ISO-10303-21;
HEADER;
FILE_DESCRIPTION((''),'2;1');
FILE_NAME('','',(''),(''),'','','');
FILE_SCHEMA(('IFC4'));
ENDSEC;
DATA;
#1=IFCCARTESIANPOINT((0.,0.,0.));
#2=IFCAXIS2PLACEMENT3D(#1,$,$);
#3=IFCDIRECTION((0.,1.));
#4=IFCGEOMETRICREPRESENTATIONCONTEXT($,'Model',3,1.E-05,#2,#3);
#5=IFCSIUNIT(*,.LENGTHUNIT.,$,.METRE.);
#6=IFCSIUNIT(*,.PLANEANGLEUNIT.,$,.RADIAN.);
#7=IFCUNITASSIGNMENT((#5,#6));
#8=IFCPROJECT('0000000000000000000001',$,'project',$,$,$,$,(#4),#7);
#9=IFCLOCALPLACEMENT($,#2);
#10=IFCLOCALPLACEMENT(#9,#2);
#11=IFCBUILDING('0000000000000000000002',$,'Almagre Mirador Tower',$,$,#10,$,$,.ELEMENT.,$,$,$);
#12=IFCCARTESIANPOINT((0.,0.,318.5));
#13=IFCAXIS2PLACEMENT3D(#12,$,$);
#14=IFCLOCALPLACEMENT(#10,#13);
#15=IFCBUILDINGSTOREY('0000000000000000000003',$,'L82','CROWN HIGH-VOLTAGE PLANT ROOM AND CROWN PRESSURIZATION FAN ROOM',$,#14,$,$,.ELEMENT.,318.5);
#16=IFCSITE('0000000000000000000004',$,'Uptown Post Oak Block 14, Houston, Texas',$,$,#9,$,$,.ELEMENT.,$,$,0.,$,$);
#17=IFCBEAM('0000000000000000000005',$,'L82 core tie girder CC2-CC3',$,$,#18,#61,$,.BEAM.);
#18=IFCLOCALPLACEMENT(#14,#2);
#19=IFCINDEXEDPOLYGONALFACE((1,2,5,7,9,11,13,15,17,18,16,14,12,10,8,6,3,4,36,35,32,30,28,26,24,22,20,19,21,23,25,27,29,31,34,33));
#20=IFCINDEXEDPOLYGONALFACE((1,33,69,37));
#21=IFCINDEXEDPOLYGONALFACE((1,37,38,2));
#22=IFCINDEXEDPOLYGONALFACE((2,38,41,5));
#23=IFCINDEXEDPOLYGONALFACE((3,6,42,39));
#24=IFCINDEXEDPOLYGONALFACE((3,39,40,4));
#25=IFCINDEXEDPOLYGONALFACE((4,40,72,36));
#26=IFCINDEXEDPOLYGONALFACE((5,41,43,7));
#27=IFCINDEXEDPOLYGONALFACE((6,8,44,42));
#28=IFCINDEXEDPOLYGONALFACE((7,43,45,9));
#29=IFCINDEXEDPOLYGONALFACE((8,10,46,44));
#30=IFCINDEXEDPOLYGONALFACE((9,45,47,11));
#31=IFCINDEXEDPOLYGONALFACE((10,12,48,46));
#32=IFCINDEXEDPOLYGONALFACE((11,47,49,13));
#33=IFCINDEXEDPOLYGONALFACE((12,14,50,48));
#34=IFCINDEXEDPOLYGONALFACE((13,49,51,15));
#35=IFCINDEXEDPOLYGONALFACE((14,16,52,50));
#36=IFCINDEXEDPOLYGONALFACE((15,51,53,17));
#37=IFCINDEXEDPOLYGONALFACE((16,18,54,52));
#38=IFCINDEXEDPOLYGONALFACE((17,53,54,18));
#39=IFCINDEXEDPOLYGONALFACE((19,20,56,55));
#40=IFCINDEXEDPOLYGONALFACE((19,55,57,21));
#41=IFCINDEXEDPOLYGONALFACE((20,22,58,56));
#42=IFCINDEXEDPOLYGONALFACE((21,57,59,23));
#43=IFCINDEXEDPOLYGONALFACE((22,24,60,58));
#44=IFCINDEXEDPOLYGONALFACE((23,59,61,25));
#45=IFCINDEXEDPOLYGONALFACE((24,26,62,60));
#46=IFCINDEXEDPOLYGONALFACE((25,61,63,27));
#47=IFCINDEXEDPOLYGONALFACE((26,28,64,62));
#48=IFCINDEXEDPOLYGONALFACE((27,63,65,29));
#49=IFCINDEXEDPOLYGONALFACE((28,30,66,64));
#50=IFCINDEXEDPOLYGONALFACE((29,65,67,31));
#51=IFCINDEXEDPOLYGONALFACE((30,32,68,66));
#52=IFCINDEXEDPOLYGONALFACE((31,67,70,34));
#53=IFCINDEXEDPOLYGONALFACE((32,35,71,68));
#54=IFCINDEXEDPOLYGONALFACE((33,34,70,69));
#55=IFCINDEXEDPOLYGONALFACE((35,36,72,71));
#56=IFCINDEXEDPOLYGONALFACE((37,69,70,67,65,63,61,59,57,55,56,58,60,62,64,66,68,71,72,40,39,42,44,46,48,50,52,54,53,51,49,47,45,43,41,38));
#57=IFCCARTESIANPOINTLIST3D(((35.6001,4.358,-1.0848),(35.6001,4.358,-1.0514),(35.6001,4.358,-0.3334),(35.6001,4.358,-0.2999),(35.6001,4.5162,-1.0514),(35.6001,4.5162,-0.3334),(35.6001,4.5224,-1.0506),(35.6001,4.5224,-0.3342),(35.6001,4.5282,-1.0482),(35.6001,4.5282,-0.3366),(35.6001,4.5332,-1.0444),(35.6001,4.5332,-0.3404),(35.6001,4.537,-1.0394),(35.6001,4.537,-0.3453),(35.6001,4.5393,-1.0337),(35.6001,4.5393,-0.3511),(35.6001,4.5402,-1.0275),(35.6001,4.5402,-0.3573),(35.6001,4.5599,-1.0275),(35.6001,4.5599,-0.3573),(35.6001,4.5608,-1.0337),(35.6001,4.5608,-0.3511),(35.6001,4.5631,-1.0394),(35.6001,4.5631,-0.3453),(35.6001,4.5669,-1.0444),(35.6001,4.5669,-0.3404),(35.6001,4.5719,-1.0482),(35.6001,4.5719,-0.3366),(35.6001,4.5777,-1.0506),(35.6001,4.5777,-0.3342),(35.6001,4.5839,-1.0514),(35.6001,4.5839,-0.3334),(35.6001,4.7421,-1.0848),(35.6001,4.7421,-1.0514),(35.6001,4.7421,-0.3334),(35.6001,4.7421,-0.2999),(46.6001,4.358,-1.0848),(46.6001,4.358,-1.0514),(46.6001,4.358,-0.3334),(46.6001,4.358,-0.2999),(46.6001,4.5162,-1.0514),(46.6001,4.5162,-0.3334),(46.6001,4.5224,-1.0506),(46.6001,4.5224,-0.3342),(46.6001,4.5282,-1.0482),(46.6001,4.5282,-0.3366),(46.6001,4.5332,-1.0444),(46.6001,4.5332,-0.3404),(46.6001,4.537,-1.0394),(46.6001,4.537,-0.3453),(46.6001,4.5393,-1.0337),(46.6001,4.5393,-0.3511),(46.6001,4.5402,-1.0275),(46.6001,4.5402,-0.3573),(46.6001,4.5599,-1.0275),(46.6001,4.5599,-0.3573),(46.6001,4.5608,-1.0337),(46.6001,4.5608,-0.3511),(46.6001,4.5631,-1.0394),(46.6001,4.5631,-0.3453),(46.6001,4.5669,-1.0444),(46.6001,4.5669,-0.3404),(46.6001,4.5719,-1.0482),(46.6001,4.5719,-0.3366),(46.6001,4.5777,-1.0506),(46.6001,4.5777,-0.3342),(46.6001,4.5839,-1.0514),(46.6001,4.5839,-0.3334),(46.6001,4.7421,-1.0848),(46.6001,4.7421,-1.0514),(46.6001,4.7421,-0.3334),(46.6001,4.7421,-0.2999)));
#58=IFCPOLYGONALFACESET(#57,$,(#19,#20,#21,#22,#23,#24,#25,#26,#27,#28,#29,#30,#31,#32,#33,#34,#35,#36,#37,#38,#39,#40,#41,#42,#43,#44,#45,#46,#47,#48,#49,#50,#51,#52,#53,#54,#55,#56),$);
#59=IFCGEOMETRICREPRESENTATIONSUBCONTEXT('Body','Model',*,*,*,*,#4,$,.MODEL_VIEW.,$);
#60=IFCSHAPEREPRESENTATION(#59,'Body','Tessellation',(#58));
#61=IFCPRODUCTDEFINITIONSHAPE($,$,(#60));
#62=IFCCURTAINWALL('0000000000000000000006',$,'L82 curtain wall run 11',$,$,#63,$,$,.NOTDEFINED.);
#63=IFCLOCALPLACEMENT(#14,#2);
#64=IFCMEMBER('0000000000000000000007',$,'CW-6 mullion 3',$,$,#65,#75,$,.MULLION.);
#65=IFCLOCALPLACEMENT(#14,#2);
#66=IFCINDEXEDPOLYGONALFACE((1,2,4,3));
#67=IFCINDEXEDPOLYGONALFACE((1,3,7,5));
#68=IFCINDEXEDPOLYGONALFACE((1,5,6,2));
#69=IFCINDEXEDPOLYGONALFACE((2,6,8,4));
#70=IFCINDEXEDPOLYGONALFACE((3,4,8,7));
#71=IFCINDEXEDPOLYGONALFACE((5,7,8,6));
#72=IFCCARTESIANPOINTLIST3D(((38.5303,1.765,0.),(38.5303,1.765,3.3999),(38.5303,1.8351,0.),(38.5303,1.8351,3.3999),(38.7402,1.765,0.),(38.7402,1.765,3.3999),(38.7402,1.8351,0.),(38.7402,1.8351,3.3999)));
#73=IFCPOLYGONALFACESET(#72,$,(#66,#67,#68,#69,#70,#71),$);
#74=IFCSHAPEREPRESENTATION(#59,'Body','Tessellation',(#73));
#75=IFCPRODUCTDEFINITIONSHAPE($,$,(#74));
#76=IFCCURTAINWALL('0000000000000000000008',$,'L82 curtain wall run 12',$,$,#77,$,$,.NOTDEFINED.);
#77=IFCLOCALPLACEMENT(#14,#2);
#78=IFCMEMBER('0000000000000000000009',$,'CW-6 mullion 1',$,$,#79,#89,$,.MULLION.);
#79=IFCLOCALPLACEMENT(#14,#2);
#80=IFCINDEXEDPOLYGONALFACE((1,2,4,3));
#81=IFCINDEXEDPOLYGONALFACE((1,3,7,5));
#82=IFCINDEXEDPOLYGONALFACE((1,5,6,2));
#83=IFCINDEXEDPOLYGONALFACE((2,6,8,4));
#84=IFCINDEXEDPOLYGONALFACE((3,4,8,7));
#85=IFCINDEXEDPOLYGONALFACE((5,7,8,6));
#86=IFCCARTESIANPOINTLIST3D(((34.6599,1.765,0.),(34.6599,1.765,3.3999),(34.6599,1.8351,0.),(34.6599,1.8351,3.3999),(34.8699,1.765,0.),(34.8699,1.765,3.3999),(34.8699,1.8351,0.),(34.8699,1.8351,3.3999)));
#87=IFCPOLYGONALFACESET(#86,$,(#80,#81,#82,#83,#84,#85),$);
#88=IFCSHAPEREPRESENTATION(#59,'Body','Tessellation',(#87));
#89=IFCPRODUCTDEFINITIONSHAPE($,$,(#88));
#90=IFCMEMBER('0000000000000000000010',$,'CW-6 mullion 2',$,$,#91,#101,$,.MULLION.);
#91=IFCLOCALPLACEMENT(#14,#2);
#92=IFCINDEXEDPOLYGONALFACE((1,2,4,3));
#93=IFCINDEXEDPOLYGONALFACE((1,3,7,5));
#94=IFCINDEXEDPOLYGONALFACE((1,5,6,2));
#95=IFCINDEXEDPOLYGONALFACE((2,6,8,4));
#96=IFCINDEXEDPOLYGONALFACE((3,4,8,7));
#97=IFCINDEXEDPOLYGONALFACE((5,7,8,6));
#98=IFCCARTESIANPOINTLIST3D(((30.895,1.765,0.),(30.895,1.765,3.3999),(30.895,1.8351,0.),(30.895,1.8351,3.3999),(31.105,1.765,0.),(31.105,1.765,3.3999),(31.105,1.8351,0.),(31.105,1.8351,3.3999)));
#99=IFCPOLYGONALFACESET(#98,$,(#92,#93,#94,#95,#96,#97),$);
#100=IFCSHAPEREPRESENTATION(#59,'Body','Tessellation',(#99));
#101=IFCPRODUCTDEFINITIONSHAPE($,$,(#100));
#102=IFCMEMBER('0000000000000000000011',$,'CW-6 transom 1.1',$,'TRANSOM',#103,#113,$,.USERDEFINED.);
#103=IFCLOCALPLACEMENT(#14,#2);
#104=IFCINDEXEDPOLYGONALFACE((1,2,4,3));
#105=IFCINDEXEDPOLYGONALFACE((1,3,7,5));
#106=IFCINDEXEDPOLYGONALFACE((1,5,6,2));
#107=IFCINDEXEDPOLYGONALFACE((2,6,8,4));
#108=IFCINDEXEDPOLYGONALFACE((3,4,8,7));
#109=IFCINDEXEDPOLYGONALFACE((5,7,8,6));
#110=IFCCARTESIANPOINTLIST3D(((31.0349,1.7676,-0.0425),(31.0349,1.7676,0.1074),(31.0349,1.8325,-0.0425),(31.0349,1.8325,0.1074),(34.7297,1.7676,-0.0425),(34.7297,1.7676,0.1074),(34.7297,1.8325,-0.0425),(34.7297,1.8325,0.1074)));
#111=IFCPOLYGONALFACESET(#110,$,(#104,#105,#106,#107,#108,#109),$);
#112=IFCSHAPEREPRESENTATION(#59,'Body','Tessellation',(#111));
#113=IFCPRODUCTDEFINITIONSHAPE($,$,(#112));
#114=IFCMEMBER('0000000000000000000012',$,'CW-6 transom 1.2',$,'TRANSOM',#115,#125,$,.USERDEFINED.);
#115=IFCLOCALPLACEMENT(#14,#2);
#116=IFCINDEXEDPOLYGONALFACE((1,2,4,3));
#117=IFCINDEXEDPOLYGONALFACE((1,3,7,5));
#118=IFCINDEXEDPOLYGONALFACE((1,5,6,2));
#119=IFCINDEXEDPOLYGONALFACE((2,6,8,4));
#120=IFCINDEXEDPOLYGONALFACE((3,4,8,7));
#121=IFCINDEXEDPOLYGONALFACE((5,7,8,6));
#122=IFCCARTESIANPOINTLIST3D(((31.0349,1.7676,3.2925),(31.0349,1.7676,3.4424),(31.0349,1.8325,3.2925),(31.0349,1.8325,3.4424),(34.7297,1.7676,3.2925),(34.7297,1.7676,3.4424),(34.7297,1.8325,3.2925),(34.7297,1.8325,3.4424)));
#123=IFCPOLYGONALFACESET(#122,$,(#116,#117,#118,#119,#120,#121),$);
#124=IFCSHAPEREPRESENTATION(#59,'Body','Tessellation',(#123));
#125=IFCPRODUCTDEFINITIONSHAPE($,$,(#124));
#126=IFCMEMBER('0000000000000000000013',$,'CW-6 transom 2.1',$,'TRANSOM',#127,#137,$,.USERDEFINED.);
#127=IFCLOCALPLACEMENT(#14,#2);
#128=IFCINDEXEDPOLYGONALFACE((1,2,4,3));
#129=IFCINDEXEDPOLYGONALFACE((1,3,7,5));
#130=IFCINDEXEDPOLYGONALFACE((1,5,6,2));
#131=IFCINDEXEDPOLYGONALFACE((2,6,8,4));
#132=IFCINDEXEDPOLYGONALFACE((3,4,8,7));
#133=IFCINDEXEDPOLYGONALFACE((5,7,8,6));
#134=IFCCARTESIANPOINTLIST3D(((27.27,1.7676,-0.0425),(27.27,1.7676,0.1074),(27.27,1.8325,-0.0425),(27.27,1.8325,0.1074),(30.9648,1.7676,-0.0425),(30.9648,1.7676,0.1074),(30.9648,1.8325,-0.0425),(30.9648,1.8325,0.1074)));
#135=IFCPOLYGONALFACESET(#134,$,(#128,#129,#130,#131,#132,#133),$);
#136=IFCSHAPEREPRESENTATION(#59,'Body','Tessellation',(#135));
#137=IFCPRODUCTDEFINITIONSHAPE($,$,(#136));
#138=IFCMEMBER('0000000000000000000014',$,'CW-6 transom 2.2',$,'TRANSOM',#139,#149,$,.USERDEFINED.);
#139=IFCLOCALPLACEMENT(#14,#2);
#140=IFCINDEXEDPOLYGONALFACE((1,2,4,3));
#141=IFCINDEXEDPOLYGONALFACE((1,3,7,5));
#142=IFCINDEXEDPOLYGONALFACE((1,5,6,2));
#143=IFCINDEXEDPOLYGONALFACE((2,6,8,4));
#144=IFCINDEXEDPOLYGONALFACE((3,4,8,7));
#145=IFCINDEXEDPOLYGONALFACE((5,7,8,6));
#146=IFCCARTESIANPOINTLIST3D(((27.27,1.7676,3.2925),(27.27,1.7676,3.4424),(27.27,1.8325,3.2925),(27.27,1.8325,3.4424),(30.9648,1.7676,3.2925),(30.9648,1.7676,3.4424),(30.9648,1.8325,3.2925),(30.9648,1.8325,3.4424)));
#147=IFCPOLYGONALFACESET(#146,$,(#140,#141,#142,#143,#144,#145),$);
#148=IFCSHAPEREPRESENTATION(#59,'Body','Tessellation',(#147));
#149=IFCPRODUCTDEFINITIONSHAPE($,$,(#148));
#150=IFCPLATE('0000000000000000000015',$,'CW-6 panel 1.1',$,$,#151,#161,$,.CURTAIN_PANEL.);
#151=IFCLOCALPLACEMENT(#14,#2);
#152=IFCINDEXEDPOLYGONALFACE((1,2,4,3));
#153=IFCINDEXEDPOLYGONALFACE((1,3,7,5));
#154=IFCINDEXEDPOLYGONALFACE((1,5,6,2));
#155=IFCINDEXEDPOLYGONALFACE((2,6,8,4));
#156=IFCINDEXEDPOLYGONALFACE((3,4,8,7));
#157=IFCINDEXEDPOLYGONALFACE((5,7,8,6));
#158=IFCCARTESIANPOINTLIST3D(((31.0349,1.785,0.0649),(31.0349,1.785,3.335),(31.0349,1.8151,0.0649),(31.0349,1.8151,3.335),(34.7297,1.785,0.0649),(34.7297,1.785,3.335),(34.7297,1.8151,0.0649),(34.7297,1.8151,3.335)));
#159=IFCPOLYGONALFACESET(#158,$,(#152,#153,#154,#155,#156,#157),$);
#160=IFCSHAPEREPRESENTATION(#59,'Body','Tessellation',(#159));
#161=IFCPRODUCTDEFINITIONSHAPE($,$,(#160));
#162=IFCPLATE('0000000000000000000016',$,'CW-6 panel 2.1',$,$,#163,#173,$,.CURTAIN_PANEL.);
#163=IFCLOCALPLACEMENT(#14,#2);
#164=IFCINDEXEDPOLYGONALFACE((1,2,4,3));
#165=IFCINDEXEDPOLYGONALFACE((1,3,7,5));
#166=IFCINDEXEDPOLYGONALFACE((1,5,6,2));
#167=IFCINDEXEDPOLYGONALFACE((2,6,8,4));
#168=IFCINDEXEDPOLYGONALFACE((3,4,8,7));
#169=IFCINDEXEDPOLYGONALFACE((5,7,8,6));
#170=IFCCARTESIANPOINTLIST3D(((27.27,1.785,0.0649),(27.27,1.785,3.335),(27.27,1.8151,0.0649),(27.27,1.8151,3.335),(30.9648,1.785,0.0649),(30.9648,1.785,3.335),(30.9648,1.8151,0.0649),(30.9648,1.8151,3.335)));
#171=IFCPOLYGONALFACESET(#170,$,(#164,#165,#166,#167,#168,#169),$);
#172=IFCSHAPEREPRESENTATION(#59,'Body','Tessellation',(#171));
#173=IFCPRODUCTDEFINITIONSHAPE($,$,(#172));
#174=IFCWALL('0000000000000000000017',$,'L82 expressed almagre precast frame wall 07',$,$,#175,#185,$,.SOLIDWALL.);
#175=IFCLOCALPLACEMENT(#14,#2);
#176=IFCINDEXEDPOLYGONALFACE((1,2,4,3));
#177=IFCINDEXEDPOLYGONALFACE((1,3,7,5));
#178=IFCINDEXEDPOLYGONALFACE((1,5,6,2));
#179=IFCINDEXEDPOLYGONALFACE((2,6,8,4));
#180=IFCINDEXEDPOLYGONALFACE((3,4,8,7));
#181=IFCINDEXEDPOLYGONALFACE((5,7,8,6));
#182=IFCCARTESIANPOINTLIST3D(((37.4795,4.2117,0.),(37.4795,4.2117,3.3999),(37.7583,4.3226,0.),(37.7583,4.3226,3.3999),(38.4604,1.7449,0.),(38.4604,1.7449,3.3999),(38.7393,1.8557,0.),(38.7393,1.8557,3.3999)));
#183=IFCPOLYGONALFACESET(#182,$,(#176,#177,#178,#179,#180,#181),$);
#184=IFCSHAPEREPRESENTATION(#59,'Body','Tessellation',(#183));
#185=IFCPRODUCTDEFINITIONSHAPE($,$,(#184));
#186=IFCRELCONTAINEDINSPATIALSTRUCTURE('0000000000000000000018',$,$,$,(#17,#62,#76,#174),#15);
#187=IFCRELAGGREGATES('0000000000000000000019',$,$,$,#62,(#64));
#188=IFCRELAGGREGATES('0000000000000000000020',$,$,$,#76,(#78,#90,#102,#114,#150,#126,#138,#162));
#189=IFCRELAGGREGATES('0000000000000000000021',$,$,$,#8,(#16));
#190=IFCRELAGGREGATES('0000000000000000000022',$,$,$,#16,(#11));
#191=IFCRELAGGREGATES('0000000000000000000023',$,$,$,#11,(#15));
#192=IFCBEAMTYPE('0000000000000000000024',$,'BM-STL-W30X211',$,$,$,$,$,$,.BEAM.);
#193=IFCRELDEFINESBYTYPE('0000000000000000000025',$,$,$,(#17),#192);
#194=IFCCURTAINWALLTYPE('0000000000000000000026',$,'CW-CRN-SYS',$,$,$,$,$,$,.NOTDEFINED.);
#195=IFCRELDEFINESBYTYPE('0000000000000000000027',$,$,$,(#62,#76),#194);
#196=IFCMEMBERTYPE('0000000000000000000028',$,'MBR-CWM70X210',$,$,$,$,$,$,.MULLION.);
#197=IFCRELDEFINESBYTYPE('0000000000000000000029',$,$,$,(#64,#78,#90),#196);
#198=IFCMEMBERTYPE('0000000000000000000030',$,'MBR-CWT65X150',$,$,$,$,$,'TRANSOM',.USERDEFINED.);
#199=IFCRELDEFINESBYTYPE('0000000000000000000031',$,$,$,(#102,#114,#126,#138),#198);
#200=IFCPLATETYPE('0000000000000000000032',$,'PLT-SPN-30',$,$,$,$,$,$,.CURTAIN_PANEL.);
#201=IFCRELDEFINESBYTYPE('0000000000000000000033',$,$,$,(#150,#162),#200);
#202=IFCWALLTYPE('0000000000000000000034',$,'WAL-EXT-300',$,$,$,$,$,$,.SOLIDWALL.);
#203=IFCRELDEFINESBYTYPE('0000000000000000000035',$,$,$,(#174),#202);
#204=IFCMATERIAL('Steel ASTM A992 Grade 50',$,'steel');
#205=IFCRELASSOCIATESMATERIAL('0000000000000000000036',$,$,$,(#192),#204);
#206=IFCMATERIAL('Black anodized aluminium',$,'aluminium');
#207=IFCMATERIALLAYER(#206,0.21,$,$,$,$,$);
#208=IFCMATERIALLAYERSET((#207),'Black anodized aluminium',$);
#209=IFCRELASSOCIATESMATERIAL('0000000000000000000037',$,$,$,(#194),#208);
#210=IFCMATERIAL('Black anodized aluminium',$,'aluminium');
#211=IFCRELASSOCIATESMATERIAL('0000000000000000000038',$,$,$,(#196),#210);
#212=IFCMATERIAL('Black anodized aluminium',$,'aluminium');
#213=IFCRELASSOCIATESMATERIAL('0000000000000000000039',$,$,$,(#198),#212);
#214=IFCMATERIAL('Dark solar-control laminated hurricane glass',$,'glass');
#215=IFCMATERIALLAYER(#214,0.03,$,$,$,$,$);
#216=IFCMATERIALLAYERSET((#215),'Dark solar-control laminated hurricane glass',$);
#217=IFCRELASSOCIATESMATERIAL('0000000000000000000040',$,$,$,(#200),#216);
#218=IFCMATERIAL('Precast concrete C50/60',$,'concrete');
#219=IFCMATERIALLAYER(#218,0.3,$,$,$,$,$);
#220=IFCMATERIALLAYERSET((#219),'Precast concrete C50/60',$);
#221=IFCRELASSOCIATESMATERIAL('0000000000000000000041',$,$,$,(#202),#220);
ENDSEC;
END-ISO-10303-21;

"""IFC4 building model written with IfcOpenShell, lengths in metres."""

from ifc_helpers import new_model, si_unit, direction, frame, frame_2d, origin, origin_2d, place, context, subcontext, project, spatial, rectangle, i_section, extrude, material, layer, layer_set, material_profile, profile_set, type_object, element, aggregate, save


model = new_model("IFC4")

# Units and contexts
model_context = context("Model", 3, precision=1e-05, world=origin(), true_north=direction((0.0, 1.0)))
body_context = subcontext(model_context, "Body", "Model", "MODEL_VIEW")
ifc_project = project(units=[si_unit("LENGTHUNIT", "METRE"), si_unit("PLANEANGLEUNIT", "RADIAN")], contexts=[model_context])

# Site, building, storey
site_placement = place(None, origin())
site = spatial("IfcSite", under=ifc_project, at=site_placement, Name="Uptown Post Oak Block 14, Houston, Texas", CompositionType="ELEMENT", RefElevation=0.0)
building_placement = place(site_placement, origin())
building = spatial("IfcBuilding", under=site, at=building_placement, Name="Almagre Mirador Tower", CompositionType="ELEMENT")
storey_placement = place(building_placement, frame((0.0, 0.0, 318.5)))
storey = spatial("IfcBuildingStorey", under=building, at=storey_placement, Name="L82", Description="CROWN HIGH-VOLTAGE PLANT ROOM AND CROWN PRESSURIZATION FAN ROOM", CompositionType="ELEMENT", Elevation=318.5)

# Beam
ifc_material_1 = material(Name="Steel ASTM A992 Grade 50", Category="steel")
ifc_material_profile_1 = material_profile(ifc_material_1, i_section(OverallWidth=0.384, OverallDepth=0.7849, WebThickness=0.0198, FlangeThickness=0.0334, FilletRadius=0.0239, at=origin_2d()), Name="W30X211")
ifc_profile_set_1 = profile_set([ifc_material_profile_1], Name="Steel ASTM A992 Grade 50")
beam_type_1 = type_object("IfcBeamType", Name="BM-STL-W30X211", PredefinedType="BEAM", material=ifc_profile_set_1)
beam_1_placement = place(storey_placement, frame((35.6001, 4.55, -0.6924), z_axis=(1.0, 0.0, 0.0), x_axis=(0.0, 1.0, 0.0)))
element("IfcBeam", 1, at=beam_1_placement, inside=storey, type_object=beam_type_1, Name="L82 core tie girder CC2-CC3", PredefinedType="BEAM", context=body_context, shape_type="SweptSolid", body=[
    extrude(i_section(OverallWidth=0.384, OverallDepth=0.7849, WebThickness=0.0198, FlangeThickness=0.0334, FilletRadius=0.0239, at=origin_2d()), origin(), (0.0, 0.0, 1.0), 11.0),
])

# Curtain wall, member
ifc_material_2 = material(Name="Black anodized aluminium", Category="aluminium")
ifc_layer_1 = layer(ifc_material_2, 0.21)
ifc_layer_set_1 = layer_set([ifc_layer_1], Name="Black anodized aluminium")
curtain_wall_type = type_object("IfcCurtainWallType", Name="CW-CRN-SYS", PredefinedType="NOTDEFINED", material=ifc_layer_set_1)
curtain_wall_1_placement = place(storey_placement, origin())
curtain_wall_1 = element("IfcCurtainWall", 2, at=curtain_wall_1_placement, inside=storey, type_object=curtain_wall_type, Name="L82 curtain wall run 11", PredefinedType="NOTDEFINED")
ifc_material_3 = material(Name="Black anodized aluminium", Category="aluminium")
ifc_material_profile_2 = material_profile(ifc_material_3, rectangle(XDim=0.0701, YDim=0.21, at=origin_2d()), Name="CWM70X210")
ifc_profile_set_2 = profile_set([ifc_material_profile_2], Name="Black anodized aluminium")
member_type_1 = type_object("IfcMemberType", Name="MBR-CWM70X210", PredefinedType="MULLION", material=ifc_profile_set_2)
member_1_placement = place(storey_placement, frame((38.6353, 1.8, 0.0), z_axis=(0.0, 0.0, 1.0), x_axis=(0.0, -1.0, 0.0)))
member_1 = element("IfcMember", 3, at=member_1_placement, type_object=member_type_1, Name="CW-6 mullion 3", PredefinedType="MULLION", context=body_context, shape_type="SweptSolid", body=[
    extrude(rectangle(XDim=0.0701, YDim=0.21, at=origin_2d()), origin(), (0.0, 0.0, 1.0), 3.3999),
])
aggregate(curtain_wall_1, [member_1])

# Curtain wall, members, plates
curtain_wall_2_placement = place(storey_placement, origin())
curtain_wall_2 = element("IfcCurtainWall", 4, at=curtain_wall_2_placement, inside=storey, type_object=curtain_wall_type, Name="L82 curtain wall run 12", PredefinedType="NOTDEFINED")
member_2_placement = place(storey_placement, frame((34.7649, 1.8, 0.0), z_axis=(0.0, 0.0, 1.0), x_axis=(0.0, -1.0, 0.0)))
member_2 = element("IfcMember", 5, at=member_2_placement, type_object=member_type_1, Name="CW-6 mullion 1", PredefinedType="MULLION", context=body_context, shape_type="SweptSolid", body=[
    extrude(rectangle(XDim=0.0701, YDim=0.21, at=origin_2d()), origin(), (0.0, 0.0, 1.0), 3.3999),
])
member_3_placement = place(storey_placement, frame((31.0, 1.8, 0.0), z_axis=(0.0, 0.0, 1.0), x_axis=(0.0, -1.0, 0.0)))
member_3 = element("IfcMember", 6, at=member_3_placement, type_object=member_type_1, Name="CW-6 mullion 2", PredefinedType="MULLION", context=body_context, shape_type="SweptSolid", body=[
    extrude(rectangle(XDim=0.0701, YDim=0.21, at=origin_2d()), origin(), (0.0, 0.0, 1.0), 3.3999),
])
ifc_material_4 = material(Name="Black anodized aluminium", Category="aluminium")
ifc_material_profile_3 = material_profile(ifc_material_4, rectangle(XDim=0.0649, YDim=0.1499, at=origin_2d()), Name="CWT65X150")
ifc_profile_set_3 = profile_set([ifc_material_profile_3], Name="Black anodized aluminium")
member_type_2 = type_object("IfcMemberType", Name="MBR-CWT65X150", ElementType="TRANSOM", PredefinedType="USERDEFINED", material=ifc_profile_set_3)
member_4_placement = place(storey_placement, frame((34.7297, 1.8, 0.0325), z_axis=(-1.0, 0.0, 0.0), x_axis=(0.0, -1.0, 0.0)))
member_4 = element("IfcMember", 7, at=member_4_placement, type_object=member_type_2, Name="CW-6 transom 1.1", ObjectType="TRANSOM", PredefinedType="USERDEFINED", context=body_context, shape_type="SweptSolid", body=[
    extrude(rectangle(XDim=0.0649, YDim=0.1499, at=origin_2d()), origin(), (0.0, 0.0, 1.0), 3.6948),
])
member_5_placement = place(storey_placement, frame((34.7297, 1.8, 3.3674), z_axis=(-1.0, 0.0, 0.0), x_axis=(0.0, -1.0, 0.0)))
member_5 = element("IfcMember", 8, at=member_5_placement, type_object=member_type_2, Name="CW-6 transom 1.2", ObjectType="TRANSOM", PredefinedType="USERDEFINED", context=body_context, shape_type="SweptSolid", body=[
    extrude(rectangle(XDim=0.0649, YDim=0.1499, at=origin_2d()), origin(), (0.0, 0.0, 1.0), 3.6948),
])
member_6_placement = place(storey_placement, frame((30.9648, 1.8, 0.0325), z_axis=(-1.0, 0.0, 0.0), x_axis=(0.0, -1.0, 0.0)))
member_6 = element("IfcMember", 9, at=member_6_placement, type_object=member_type_2, Name="CW-6 transom 2.1", ObjectType="TRANSOM", PredefinedType="USERDEFINED", context=body_context, shape_type="SweptSolid", body=[
    extrude(rectangle(XDim=0.0649, YDim=0.1499, at=origin_2d()), origin(), (0.0, 0.0, 1.0), 3.6948),
])
member_7_placement = place(storey_placement, frame((30.9648, 1.8, 3.3674), z_axis=(-1.0, 0.0, 0.0), x_axis=(0.0, -1.0, 0.0)))
member_7 = element("IfcMember", 10, at=member_7_placement, type_object=member_type_2, Name="CW-6 transom 2.2", ObjectType="TRANSOM", PredefinedType="USERDEFINED", context=body_context, shape_type="SweptSolid", body=[
    extrude(rectangle(XDim=0.0649, YDim=0.1499, at=origin_2d()), origin(), (0.0, 0.0, 1.0), 3.6948),
])
ifc_material_5 = material(Name="Dark solar-control laminated hurricane glass", Category="glass")
ifc_layer_2 = layer(ifc_material_5, 0.03)
ifc_layer_set_2 = layer_set([ifc_layer_2], Name="Dark solar-control laminated hurricane glass")
plate_type = type_object("IfcPlateType", Name="PLT-SPN-30", PredefinedType="CURTAIN_PANEL", material=ifc_layer_set_2)
plate_1_placement = place(storey_placement, frame((32.8823, 1.8, 0.0649), z_axis=(0.0, 0.0, 1.0), x_axis=(-1.0, 0.0, 0.0)))
plate_1 = element("IfcPlate", 11, at=plate_1_placement, type_object=plate_type, Name="CW-6 panel 1.1", PredefinedType="CURTAIN_PANEL", context=body_context, shape_type="SweptSolid", body=[
    extrude(rectangle(XDim=3.6948, YDim=0.03, at=origin_2d()), origin(), (0.0, 0.0, 1.0), 3.27),
])
plate_2_placement = place(storey_placement, frame((29.1174, 1.8, 0.0649), z_axis=(0.0, 0.0, 1.0), x_axis=(-1.0, 0.0, 0.0)))
plate_2 = element("IfcPlate", 12, at=plate_2_placement, type_object=plate_type, Name="CW-6 panel 2.1", PredefinedType="CURTAIN_PANEL", context=body_context, shape_type="SweptSolid", body=[
    extrude(rectangle(XDim=3.6948, YDim=0.03, at=origin_2d()), origin(), (0.0, 0.0, 1.0), 3.27),
])
aggregate(curtain_wall_2, [member_2, member_3, member_4, member_5, plate_1, member_6, member_7, plate_2])

# Wall
ifc_material_6 = material(Name="Precast concrete C50/60", Category="concrete")
ifc_layer_3 = layer(ifc_material_6, 0.3)
ifc_layer_set_3 = layer_set([ifc_layer_3], Name="Precast concrete C50/60")
wall_type_1 = type_object("IfcWallType", Name="WAL-EXT-300", PredefinedType="SOLIDWALL", material=ifc_layer_set_3)
wall_1_placement = place(storey_placement, frame((38.5999, 1.8003, 0.0), z_axis=(0.0, 0.0, 1.0), x_axis=(-0.369519, 0.929223, 0.0)))
element("IfcWall", 13, at=wall_1_placement, inside=storey, type_object=wall_type_1, Name="L82 expressed almagre precast frame wall 07", PredefinedType="SOLIDWALL", context=body_context, shape_type="SweptSolid", body=[
    extrude(rectangle(XDim=2.6548, YDim=0.3, at=frame_2d((1.3274, 0.0))), origin(), (0.0, 0.0, 1.0), 3.3999),
])

save(model, "model.ifc")
